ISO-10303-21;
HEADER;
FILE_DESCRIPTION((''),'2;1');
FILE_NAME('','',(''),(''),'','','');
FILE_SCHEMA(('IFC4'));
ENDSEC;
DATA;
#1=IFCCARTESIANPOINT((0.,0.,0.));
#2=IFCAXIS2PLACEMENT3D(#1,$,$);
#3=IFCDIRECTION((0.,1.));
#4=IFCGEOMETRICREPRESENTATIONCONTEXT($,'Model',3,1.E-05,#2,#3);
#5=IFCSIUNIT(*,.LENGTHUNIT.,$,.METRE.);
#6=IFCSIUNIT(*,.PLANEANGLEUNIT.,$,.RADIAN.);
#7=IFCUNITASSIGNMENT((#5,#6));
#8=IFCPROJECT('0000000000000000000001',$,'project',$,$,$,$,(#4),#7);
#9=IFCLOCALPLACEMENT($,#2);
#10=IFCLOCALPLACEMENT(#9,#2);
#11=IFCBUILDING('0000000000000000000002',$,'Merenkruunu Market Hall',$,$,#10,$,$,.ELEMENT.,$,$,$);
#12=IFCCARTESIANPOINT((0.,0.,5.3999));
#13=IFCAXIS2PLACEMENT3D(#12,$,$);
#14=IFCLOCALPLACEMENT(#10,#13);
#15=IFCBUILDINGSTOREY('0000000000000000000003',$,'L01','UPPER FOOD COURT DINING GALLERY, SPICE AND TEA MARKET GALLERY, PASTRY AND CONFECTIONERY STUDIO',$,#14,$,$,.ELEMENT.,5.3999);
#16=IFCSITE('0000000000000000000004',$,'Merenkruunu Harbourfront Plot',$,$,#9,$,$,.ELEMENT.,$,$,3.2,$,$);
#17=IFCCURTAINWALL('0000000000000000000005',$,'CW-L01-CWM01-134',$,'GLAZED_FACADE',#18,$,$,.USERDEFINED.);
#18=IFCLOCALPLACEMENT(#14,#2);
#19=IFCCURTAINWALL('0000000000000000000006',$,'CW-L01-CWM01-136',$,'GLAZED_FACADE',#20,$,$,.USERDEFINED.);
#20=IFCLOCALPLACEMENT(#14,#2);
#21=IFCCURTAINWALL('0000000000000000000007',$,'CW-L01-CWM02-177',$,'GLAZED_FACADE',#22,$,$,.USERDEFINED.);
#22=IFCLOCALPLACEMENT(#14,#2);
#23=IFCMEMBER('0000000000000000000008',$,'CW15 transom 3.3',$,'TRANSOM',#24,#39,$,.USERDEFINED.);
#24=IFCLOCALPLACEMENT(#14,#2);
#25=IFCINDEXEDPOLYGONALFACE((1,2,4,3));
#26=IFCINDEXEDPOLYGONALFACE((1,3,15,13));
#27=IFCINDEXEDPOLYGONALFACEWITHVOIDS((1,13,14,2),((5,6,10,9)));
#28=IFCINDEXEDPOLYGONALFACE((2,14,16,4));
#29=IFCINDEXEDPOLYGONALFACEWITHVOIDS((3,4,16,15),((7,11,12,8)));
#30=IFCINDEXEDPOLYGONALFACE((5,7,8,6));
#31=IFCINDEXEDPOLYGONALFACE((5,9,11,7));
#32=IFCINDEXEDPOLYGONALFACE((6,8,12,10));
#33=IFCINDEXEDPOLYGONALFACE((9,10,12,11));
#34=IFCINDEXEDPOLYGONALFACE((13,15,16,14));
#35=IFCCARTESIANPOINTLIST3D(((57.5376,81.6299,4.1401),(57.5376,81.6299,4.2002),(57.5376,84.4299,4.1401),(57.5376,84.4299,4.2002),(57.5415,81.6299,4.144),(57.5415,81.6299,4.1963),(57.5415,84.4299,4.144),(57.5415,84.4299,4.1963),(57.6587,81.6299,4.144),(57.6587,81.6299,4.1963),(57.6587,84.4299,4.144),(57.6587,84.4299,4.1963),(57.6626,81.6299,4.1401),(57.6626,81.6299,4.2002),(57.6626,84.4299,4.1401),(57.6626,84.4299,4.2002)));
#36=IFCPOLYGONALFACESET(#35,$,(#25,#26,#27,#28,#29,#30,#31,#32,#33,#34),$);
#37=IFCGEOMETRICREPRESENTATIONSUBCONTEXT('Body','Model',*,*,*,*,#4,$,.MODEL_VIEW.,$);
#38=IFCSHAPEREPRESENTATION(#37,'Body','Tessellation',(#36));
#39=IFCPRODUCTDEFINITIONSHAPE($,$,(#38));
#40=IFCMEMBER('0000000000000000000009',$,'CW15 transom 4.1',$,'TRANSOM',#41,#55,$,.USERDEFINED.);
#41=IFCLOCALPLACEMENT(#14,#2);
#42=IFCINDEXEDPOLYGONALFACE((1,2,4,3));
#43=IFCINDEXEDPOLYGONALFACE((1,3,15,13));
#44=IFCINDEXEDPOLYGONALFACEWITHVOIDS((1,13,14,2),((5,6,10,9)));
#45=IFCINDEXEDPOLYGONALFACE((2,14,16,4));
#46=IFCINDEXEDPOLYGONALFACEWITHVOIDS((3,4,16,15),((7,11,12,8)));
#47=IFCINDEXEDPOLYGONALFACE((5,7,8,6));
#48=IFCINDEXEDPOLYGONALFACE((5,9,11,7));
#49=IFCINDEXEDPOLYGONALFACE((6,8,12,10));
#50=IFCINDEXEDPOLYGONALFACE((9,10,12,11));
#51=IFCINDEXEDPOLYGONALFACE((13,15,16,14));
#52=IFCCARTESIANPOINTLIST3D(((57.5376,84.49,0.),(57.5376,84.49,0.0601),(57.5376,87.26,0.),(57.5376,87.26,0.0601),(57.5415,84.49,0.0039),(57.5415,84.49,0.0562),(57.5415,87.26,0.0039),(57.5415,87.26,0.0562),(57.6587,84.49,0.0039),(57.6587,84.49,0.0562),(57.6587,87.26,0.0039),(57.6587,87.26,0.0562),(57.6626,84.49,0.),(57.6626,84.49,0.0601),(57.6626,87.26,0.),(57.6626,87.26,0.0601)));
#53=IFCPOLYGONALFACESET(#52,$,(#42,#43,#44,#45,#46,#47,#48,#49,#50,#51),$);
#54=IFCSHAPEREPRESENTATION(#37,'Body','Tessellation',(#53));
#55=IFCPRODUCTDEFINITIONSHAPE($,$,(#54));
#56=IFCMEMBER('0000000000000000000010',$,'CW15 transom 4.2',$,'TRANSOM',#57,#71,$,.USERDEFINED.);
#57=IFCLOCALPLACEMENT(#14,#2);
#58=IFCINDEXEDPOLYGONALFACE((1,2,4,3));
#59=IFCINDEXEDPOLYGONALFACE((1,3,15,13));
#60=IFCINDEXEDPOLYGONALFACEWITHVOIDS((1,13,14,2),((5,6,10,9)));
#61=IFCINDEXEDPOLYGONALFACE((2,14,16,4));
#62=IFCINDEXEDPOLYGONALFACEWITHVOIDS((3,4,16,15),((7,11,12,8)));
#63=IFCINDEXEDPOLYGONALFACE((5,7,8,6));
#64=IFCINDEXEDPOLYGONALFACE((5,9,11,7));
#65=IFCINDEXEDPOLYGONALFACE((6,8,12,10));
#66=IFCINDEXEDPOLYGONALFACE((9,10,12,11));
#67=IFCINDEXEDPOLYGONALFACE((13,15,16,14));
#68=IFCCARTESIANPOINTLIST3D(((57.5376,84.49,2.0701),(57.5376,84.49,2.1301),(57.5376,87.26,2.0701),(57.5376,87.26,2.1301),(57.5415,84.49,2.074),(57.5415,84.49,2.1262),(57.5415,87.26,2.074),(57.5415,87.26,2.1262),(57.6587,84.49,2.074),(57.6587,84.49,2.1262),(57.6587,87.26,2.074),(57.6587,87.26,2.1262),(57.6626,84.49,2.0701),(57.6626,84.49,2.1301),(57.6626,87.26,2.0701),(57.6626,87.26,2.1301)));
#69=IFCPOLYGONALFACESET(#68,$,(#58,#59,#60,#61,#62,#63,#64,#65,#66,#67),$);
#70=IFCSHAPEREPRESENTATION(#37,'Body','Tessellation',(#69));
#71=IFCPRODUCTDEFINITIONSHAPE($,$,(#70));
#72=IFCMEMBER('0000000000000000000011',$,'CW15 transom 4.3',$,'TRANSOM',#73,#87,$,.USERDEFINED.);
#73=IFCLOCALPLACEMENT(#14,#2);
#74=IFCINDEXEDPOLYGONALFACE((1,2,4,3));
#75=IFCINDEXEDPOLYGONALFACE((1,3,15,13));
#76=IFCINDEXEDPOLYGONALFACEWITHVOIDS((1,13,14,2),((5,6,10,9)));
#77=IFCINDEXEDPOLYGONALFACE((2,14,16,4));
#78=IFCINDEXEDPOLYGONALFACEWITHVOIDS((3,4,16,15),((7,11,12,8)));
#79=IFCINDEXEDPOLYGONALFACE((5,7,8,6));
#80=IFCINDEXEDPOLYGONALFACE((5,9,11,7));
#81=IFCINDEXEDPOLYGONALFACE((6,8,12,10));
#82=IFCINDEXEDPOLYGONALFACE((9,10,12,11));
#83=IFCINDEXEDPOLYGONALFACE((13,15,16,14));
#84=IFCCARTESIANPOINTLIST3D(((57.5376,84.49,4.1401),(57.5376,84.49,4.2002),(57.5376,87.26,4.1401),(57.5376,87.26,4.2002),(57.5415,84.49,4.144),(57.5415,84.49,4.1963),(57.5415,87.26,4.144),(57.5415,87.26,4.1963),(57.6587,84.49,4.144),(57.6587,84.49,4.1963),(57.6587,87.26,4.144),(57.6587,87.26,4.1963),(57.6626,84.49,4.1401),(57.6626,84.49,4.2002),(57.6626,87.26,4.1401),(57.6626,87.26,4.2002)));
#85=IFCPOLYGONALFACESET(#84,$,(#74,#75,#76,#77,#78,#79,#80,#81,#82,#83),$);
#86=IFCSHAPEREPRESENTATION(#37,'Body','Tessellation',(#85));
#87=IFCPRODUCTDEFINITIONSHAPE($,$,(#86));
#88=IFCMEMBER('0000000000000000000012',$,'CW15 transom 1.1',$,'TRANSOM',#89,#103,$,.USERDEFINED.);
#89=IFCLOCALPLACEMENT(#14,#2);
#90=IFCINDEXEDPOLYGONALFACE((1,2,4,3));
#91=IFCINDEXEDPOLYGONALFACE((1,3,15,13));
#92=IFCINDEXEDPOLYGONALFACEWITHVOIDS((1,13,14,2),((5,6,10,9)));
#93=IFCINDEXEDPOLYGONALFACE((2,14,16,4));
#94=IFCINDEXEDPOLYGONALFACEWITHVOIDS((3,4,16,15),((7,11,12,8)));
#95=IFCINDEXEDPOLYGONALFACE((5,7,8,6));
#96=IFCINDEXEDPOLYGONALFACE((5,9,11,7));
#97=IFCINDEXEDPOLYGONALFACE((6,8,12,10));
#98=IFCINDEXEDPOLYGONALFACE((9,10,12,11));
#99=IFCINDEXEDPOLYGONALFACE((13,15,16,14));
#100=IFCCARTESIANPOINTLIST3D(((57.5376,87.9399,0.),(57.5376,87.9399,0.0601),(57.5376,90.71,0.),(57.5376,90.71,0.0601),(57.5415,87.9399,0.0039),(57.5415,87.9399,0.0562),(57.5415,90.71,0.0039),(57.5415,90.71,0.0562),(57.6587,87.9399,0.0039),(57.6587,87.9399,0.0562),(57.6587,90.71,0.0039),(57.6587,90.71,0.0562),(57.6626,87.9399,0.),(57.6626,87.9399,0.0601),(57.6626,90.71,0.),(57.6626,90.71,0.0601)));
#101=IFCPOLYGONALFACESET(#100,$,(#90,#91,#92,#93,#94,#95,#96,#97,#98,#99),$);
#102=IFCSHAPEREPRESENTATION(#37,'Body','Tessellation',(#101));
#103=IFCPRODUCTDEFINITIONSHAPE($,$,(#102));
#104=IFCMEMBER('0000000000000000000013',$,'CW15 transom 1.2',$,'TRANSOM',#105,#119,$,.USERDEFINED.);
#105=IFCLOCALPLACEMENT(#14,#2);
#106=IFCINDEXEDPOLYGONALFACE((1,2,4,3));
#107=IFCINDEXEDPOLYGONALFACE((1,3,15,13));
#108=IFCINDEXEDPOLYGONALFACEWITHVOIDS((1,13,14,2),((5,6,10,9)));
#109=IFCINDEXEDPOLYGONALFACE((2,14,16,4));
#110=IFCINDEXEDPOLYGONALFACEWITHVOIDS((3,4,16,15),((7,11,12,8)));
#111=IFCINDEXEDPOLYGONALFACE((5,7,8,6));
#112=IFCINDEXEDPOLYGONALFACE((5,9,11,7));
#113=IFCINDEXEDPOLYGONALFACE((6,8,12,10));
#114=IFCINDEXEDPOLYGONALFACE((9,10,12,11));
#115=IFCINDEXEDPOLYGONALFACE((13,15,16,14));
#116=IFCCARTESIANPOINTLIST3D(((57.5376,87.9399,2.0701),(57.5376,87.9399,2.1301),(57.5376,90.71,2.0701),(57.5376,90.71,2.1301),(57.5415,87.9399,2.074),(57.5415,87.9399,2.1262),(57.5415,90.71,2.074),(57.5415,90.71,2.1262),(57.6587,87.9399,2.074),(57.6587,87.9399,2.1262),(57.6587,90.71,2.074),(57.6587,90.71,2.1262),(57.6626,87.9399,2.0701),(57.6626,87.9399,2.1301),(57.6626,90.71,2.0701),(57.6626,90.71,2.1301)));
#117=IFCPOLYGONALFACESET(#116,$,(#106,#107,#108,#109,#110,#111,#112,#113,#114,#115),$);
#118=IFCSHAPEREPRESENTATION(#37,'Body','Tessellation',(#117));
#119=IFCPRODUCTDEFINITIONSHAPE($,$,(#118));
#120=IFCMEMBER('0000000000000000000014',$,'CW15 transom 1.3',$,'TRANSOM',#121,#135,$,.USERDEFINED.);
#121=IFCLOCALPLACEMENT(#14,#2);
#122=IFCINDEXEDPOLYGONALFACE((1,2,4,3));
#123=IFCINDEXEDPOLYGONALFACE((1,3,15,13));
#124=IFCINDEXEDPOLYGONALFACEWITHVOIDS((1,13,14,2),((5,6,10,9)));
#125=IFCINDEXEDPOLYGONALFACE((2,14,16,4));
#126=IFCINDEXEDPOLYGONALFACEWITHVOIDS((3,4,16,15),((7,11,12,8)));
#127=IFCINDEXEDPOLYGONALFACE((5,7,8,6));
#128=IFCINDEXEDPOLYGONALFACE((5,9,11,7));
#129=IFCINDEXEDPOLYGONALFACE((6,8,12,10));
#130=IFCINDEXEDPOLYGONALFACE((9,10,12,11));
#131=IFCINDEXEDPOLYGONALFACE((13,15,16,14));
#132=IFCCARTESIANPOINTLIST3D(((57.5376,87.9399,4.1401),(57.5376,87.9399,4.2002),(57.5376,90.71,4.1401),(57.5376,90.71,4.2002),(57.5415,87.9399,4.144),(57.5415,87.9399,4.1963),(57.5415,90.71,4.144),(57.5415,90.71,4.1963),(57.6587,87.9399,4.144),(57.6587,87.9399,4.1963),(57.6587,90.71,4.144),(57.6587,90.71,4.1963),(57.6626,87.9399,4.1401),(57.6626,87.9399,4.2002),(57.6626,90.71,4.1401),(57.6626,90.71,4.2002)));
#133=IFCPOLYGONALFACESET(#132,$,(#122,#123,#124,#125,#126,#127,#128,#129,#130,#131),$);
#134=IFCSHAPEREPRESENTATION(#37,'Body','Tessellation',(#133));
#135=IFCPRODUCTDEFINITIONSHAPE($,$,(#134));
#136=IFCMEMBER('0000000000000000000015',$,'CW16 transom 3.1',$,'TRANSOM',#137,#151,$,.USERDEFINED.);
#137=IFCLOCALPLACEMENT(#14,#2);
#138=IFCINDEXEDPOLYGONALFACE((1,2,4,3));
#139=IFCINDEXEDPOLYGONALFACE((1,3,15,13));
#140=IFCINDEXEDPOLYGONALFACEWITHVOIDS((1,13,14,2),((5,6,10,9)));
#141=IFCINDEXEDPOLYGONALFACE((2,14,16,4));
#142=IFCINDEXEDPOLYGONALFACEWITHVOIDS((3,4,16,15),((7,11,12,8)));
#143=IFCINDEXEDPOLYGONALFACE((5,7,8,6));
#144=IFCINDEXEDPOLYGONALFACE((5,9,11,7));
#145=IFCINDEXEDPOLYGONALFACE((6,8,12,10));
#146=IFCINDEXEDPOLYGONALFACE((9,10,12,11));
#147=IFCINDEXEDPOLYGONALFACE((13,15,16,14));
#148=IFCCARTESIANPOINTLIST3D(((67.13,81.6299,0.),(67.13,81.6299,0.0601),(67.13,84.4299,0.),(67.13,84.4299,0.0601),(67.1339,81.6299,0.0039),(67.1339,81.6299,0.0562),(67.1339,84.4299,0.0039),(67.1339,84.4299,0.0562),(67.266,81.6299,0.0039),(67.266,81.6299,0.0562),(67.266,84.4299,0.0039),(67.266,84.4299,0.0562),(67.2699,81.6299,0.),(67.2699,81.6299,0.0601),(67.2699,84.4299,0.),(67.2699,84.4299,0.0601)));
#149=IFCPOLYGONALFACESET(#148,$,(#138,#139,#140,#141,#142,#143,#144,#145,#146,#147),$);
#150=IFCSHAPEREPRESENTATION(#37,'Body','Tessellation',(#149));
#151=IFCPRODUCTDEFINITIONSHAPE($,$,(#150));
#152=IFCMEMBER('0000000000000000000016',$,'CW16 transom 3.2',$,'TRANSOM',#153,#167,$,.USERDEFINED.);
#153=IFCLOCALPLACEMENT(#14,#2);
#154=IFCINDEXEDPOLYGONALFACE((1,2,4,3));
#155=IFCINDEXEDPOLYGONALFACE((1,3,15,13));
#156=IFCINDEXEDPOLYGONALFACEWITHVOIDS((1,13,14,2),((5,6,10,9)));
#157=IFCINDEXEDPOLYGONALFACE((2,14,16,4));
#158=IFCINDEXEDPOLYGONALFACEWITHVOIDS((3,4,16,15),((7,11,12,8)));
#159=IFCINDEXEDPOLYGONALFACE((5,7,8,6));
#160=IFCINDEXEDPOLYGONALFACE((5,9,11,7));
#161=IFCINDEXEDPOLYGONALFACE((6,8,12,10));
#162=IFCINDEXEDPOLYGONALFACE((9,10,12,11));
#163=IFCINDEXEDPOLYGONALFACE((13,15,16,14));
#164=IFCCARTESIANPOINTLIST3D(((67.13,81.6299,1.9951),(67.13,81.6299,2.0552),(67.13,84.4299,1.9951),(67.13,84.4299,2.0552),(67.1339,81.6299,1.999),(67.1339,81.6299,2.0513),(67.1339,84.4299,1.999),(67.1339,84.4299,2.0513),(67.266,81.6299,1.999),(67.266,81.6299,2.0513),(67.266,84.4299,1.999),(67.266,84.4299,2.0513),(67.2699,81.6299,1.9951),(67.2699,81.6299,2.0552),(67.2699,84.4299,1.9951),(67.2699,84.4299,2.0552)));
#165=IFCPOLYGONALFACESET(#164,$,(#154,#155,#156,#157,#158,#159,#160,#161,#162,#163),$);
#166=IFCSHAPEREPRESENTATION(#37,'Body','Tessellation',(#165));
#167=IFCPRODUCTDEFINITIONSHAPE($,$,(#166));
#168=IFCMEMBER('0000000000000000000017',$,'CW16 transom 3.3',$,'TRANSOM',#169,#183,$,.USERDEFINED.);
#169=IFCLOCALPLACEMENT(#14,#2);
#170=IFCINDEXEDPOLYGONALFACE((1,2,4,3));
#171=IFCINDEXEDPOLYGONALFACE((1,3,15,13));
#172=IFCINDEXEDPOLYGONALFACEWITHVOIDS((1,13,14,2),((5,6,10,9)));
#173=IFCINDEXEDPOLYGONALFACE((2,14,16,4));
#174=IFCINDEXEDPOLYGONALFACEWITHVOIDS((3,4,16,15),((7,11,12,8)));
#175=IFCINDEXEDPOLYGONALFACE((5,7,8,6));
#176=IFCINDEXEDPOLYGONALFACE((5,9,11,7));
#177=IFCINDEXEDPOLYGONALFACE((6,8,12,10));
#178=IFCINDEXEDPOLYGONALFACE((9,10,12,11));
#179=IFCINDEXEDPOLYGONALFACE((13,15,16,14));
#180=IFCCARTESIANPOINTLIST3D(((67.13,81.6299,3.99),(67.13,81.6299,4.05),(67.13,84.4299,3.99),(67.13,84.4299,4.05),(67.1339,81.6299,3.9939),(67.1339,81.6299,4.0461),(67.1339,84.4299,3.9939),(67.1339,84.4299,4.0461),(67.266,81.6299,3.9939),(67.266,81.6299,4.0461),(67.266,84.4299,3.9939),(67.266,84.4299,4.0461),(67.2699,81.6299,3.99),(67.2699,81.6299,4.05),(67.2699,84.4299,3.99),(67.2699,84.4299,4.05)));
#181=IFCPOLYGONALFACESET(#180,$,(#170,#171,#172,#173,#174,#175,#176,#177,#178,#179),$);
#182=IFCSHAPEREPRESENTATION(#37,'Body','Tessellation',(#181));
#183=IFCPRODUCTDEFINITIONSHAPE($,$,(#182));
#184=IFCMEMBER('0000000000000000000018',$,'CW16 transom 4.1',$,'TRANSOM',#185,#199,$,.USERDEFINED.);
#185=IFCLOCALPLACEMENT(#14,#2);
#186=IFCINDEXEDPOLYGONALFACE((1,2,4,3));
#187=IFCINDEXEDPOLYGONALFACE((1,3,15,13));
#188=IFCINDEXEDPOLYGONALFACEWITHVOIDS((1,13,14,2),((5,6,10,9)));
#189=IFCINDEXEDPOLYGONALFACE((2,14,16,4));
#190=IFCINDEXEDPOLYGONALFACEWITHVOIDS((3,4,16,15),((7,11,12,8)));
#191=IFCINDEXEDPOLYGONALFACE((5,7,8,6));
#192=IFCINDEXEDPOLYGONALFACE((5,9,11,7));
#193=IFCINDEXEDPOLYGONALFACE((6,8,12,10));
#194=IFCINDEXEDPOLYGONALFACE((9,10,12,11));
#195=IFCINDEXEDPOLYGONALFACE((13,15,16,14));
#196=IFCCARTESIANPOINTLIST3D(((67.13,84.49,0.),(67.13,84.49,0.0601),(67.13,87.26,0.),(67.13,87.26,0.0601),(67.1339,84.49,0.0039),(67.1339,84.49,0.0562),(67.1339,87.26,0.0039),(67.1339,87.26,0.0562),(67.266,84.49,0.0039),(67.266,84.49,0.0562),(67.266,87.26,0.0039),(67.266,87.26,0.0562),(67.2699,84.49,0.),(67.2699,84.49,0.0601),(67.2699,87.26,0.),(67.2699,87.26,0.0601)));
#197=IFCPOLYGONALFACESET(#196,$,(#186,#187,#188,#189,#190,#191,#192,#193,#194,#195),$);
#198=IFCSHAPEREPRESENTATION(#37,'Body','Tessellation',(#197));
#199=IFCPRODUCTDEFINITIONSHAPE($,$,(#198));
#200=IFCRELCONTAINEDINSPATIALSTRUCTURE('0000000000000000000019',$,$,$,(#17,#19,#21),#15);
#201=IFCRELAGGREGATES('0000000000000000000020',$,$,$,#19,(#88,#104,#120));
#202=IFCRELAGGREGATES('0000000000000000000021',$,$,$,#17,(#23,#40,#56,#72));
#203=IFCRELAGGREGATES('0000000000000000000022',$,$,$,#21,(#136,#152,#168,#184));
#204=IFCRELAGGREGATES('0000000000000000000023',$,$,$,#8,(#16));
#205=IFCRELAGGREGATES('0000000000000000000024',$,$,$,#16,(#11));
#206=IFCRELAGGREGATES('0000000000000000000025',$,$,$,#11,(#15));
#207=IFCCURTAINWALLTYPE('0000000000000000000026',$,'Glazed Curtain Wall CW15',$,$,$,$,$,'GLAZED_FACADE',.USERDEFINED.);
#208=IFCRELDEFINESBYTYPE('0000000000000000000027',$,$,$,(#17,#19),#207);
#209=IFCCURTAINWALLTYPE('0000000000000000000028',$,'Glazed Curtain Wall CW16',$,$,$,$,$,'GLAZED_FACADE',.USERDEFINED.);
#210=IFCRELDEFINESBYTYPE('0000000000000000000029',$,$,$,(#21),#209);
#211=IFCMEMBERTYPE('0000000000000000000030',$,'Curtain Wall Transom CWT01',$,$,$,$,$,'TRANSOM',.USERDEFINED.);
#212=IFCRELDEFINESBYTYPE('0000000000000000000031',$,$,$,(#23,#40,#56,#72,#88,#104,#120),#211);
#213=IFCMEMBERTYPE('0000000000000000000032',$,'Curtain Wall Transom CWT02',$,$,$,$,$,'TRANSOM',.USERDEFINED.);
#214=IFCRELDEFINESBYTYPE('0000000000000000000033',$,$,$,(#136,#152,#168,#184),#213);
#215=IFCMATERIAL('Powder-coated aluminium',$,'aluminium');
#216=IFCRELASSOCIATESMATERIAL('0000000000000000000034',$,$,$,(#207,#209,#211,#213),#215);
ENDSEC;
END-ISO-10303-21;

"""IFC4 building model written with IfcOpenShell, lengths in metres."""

from ifc_helpers import new_model, si_unit, direction, frame, origin, origin_2d, place, context, subcontext, project, spatial, hollow_rectangle, extrude, material, material_profile, profile_set, type_object, element, aggregate, save


model = new_model("IFC4")

# Units and contexts
model_context = context("Model", 3, precision=1e-05, world=origin(), true_north=direction((0.0, 1.0)))
body_context = subcontext(model_context, "Body", "Model", "MODEL_VIEW")
ifc_project = project(units=[si_unit("LENGTHUNIT", "METRE"), si_unit("PLANEANGLEUNIT", "RADIAN")], contexts=[model_context])

# Site, building, storey
site_placement = place(None, origin())
site = spatial("IfcSite", under=ifc_project, at=site_placement, Name="Merenkruunu Harbourfront Plot", CompositionType="ELEMENT", RefElevation=3.2)
building_placement = place(site_placement, origin())
building = spatial("IfcBuilding", under=site, at=building_placement, Name="Merenkruunu Market Hall", CompositionType="ELEMENT")
storey_placement = place(building_placement, frame((0.0, 0.0, 5.3999)))
storey = spatial("IfcBuildingStorey", under=building, at=storey_placement, Name="L01", Description="UPPER FOOD COURT DINING GALLERY, SPICE AND TEA MARKET GALLERY, PASTRY AND CONFECTIONERY STUDIO", CompositionType="ELEMENT", Elevation=5.3999)

# Curtain wall
ifc_material_1 = material(Name="Powder-coated aluminium", Category="aluminium")
curtain_wall_type_1 = type_object("IfcCurtainWallType", Name="Glazed Curtain Wall CW15", ElementType="GLAZED_FACADE", PredefinedType="USERDEFINED", material=ifc_material_1)
curtain_wall_1_placement = place(storey_placement, origin())
curtain_wall_1 = element("IfcCurtainWall", 1, at=curtain_wall_1_placement, inside=storey, type_object=curtain_wall_type_1, Name="CW-L01-CWM01-134", ObjectType="GLAZED_FACADE", PredefinedType="USERDEFINED")

# Curtain wall
curtain_wall_2_placement = place(storey_placement, origin())
curtain_wall_2 = element("IfcCurtainWall", 2, at=curtain_wall_2_placement, inside=storey, type_object=curtain_wall_type_1, Name="CW-L01-CWM01-136", ObjectType="GLAZED_FACADE", PredefinedType="USERDEFINED")

# Curtain wall
curtain_wall_type_2 = type_object("IfcCurtainWallType", Name="Glazed Curtain Wall CW16", ElementType="GLAZED_FACADE", PredefinedType="USERDEFINED", material=ifc_material_1)
curtain_wall_3_placement = place(storey_placement, origin())
curtain_wall_3 = element("IfcCurtainWall", 3, at=curtain_wall_3_placement, inside=storey, type_object=curtain_wall_type_2, Name="CW-L01-CWM02-177", ObjectType="GLAZED_FACADE", PredefinedType="USERDEFINED")

# Members
ifc_material_profile_1 = material_profile(ifc_material_1, hollow_rectangle(XDim=0.0601, YDim=0.125, WallThickness=0.0039, at=origin_2d()), Name="ALU 60x125x4")
ifc_profile_set_1 = profile_set([ifc_material_profile_1], Name="Powder-coated aluminium")
member_type_1 = type_object("IfcMemberType", Name="Curtain Wall Transom CWT01", ElementType="TRANSOM", PredefinedType="USERDEFINED", material=ifc_profile_set_1)
member_1_placement = place(storey_placement, frame((57.6001, 81.6299, 4.1702), z_axis=(0.0, 1.0, 0.0), x_axis=(0.0, 0.0, 1.0)))
member_1 = element("IfcMember", 4, at=member_1_placement, type_object=member_type_1, Name="CW15 transom 3.3", ObjectType="TRANSOM", PredefinedType="USERDEFINED", context=body_context, shape_type="SweptSolid", body=[
    extrude(hollow_rectangle(XDim=0.0601, YDim=0.125, WallThickness=0.0039, at=origin_2d()), origin(), (0.0, 0.0, 1.0), 2.8),
])
member_2_placement = place(storey_placement, frame((57.6001, 84.49, 0.03), z_axis=(0.0, 1.0, 0.0), x_axis=(0.0, 0.0, 1.0)))
member_2 = element("IfcMember", 5, at=member_2_placement, type_object=member_type_1, Name="CW15 transom 4.1", ObjectType="TRANSOM", PredefinedType="USERDEFINED", context=body_context, shape_type="SweptSolid", body=[
    extrude(hollow_rectangle(XDim=0.0601, YDim=0.125, WallThickness=0.0039, at=origin_2d()), origin(), (0.0, 0.0, 1.0), 2.77),
])
member_3_placement = place(storey_placement, frame((57.6001, 84.49, 2.1001), z_axis=(0.0, 1.0, 0.0), x_axis=(0.0, 0.0, 1.0)))
member_3 = element("IfcMember", 6, at=member_3_placement, type_object=member_type_1, Name="CW15 transom 4.2", ObjectType="TRANSOM", PredefinedType="USERDEFINED", context=body_context, shape_type="SweptSolid", body=[
    extrude(hollow_rectangle(XDim=0.0601, YDim=0.125, WallThickness=0.0039, at=origin_2d()), origin(), (0.0, 0.0, 1.0), 2.77),
])
member_4_placement = place(storey_placement, frame((57.6001, 84.49, 4.1702), z_axis=(0.0, 1.0, 0.0), x_axis=(0.0, 0.0, 1.0)))
member_4 = element("IfcMember", 7, at=member_4_placement, type_object=member_type_1, Name="CW15 transom 4.3", ObjectType="TRANSOM", PredefinedType="USERDEFINED", context=body_context, shape_type="SweptSolid", body=[
    extrude(hollow_rectangle(XDim=0.0601, YDim=0.125, WallThickness=0.0039, at=origin_2d()), origin(), (0.0, 0.0, 1.0), 2.77),
])
member_5_placement = place(storey_placement, frame((57.6001, 87.9399, 0.03), z_axis=(0.0, 1.0, 0.0), x_axis=(0.0, 0.0, 1.0)))
member_5 = element("IfcMember", 8, at=member_5_placement, type_object=member_type_1, Name="CW15 transom 1.1", ObjectType="TRANSOM", PredefinedType="USERDEFINED", context=body_context, shape_type="SweptSolid", body=[
    extrude(hollow_rectangle(XDim=0.0601, YDim=0.125, WallThickness=0.0039, at=origin_2d()), origin(), (0.0, 0.0, 1.0), 2.77),
])
member_6_placement = place(storey_placement, frame((57.6001, 87.9399, 2.1001), z_axis=(0.0, 1.0, 0.0), x_axis=(0.0, 0.0, 1.0)))
member_6 = element("IfcMember", 9, at=member_6_placement, type_object=member_type_1, Name="CW15 transom 1.2", ObjectType="TRANSOM", PredefinedType="USERDEFINED", context=body_context, shape_type="SweptSolid", body=[
    extrude(hollow_rectangle(XDim=0.0601, YDim=0.125, WallThickness=0.0039, at=origin_2d()), origin(), (0.0, 0.0, 1.0), 2.77),
])
member_7_placement = place(storey_placement, frame((57.6001, 87.9399, 4.1702), z_axis=(0.0, 1.0, 0.0), x_axis=(0.0, 0.0, 1.0)))
member_7 = element("IfcMember", 10, at=member_7_placement, type_object=member_type_1, Name="CW15 transom 1.3", ObjectType="TRANSOM", PredefinedType="USERDEFINED", context=body_context, shape_type="SweptSolid", body=[
    extrude(hollow_rectangle(XDim=0.0601, YDim=0.125, WallThickness=0.0039, at=origin_2d()), origin(), (0.0, 0.0, 1.0), 2.77),
])
aggregate(curtain_wall_2, [member_5, member_6, member_7])
ifc_material_profile_2 = material_profile(ifc_material_1, hollow_rectangle(XDim=0.0601, YDim=0.1399, WallThickness=0.0039, at=origin_2d()), Name="ALU 60x140x4")
ifc_profile_set_2 = profile_set([ifc_material_profile_2], Name="Powder-coated aluminium")
member_type_2 = type_object("IfcMemberType", Name="Curtain Wall Transom CWT02", ElementType="TRANSOM", PredefinedType="USERDEFINED", material=ifc_profile_set_2)
member_8_placement = place(storey_placement, frame((67.2, 81.6299, 0.03), z_axis=(0.0, 1.0, 0.0), x_axis=(0.0, 0.0, 1.0)))
member_8 = element("IfcMember", 11, at=member_8_placement, type_object=member_type_2, Name="CW16 transom 3.1", ObjectType="TRANSOM", PredefinedType="USERDEFINED", context=body_context, shape_type="SweptSolid", body=[
    extrude(hollow_rectangle(XDim=0.0601, YDim=0.1399, WallThickness=0.0039, at=origin_2d()), origin(), (0.0, 0.0, 1.0), 2.8),
])
member_9_placement = place(storey_placement, frame((67.2, 81.6299, 2.0251), z_axis=(0.0, 1.0, 0.0), x_axis=(0.0, 0.0, 1.0)))
member_9 = element("IfcMember", 12, at=member_9_placement, type_object=member_type_2, Name="CW16 transom 3.2", ObjectType="TRANSOM", PredefinedType="USERDEFINED", context=body_context, shape_type="SweptSolid", body=[
    extrude(hollow_rectangle(XDim=0.0601, YDim=0.1399, WallThickness=0.0039, at=origin_2d()), origin(), (0.0, 0.0, 1.0), 2.8),
])
member_10_placement = place(storey_placement, frame((67.2, 81.6299, 4.02), z_axis=(0.0, 1.0, 0.0), x_axis=(0.0, 0.0, 1.0)))
member_10 = element("IfcMember", 13, at=member_10_placement, type_object=member_type_2, Name="CW16 transom 3.3", ObjectType="TRANSOM", PredefinedType="USERDEFINED", context=body_context, shape_type="SweptSolid", body=[
    extrude(hollow_rectangle(XDim=0.0601, YDim=0.1399, WallThickness=0.0039, at=origin_2d()), origin(), (0.0, 0.0, 1.0), 2.8),
])
member_11_placement = place(storey_placement, frame((67.2, 84.49, 0.03), z_axis=(0.0, 1.0, 0.0), x_axis=(0.0, 0.0, 1.0)))
member_11 = element("IfcMember", 14, at=member_11_placement, type_object=member_type_2, Name="CW16 transom 4.1", ObjectType="TRANSOM", PredefinedType="USERDEFINED", context=body_context, shape_type="SweptSolid", body=[
    extrude(hollow_rectangle(XDim=0.0601, YDim=0.1399, WallThickness=0.0039, at=origin_2d()), origin(), (0.0, 0.0, 1.0), 2.77),
])

aggregate(curtain_wall_1, [member_1, member_2, member_3, member_4])
aggregate(curtain_wall_3, [member_8, member_9, member_10, member_11])

save(model, "model.ifc")
